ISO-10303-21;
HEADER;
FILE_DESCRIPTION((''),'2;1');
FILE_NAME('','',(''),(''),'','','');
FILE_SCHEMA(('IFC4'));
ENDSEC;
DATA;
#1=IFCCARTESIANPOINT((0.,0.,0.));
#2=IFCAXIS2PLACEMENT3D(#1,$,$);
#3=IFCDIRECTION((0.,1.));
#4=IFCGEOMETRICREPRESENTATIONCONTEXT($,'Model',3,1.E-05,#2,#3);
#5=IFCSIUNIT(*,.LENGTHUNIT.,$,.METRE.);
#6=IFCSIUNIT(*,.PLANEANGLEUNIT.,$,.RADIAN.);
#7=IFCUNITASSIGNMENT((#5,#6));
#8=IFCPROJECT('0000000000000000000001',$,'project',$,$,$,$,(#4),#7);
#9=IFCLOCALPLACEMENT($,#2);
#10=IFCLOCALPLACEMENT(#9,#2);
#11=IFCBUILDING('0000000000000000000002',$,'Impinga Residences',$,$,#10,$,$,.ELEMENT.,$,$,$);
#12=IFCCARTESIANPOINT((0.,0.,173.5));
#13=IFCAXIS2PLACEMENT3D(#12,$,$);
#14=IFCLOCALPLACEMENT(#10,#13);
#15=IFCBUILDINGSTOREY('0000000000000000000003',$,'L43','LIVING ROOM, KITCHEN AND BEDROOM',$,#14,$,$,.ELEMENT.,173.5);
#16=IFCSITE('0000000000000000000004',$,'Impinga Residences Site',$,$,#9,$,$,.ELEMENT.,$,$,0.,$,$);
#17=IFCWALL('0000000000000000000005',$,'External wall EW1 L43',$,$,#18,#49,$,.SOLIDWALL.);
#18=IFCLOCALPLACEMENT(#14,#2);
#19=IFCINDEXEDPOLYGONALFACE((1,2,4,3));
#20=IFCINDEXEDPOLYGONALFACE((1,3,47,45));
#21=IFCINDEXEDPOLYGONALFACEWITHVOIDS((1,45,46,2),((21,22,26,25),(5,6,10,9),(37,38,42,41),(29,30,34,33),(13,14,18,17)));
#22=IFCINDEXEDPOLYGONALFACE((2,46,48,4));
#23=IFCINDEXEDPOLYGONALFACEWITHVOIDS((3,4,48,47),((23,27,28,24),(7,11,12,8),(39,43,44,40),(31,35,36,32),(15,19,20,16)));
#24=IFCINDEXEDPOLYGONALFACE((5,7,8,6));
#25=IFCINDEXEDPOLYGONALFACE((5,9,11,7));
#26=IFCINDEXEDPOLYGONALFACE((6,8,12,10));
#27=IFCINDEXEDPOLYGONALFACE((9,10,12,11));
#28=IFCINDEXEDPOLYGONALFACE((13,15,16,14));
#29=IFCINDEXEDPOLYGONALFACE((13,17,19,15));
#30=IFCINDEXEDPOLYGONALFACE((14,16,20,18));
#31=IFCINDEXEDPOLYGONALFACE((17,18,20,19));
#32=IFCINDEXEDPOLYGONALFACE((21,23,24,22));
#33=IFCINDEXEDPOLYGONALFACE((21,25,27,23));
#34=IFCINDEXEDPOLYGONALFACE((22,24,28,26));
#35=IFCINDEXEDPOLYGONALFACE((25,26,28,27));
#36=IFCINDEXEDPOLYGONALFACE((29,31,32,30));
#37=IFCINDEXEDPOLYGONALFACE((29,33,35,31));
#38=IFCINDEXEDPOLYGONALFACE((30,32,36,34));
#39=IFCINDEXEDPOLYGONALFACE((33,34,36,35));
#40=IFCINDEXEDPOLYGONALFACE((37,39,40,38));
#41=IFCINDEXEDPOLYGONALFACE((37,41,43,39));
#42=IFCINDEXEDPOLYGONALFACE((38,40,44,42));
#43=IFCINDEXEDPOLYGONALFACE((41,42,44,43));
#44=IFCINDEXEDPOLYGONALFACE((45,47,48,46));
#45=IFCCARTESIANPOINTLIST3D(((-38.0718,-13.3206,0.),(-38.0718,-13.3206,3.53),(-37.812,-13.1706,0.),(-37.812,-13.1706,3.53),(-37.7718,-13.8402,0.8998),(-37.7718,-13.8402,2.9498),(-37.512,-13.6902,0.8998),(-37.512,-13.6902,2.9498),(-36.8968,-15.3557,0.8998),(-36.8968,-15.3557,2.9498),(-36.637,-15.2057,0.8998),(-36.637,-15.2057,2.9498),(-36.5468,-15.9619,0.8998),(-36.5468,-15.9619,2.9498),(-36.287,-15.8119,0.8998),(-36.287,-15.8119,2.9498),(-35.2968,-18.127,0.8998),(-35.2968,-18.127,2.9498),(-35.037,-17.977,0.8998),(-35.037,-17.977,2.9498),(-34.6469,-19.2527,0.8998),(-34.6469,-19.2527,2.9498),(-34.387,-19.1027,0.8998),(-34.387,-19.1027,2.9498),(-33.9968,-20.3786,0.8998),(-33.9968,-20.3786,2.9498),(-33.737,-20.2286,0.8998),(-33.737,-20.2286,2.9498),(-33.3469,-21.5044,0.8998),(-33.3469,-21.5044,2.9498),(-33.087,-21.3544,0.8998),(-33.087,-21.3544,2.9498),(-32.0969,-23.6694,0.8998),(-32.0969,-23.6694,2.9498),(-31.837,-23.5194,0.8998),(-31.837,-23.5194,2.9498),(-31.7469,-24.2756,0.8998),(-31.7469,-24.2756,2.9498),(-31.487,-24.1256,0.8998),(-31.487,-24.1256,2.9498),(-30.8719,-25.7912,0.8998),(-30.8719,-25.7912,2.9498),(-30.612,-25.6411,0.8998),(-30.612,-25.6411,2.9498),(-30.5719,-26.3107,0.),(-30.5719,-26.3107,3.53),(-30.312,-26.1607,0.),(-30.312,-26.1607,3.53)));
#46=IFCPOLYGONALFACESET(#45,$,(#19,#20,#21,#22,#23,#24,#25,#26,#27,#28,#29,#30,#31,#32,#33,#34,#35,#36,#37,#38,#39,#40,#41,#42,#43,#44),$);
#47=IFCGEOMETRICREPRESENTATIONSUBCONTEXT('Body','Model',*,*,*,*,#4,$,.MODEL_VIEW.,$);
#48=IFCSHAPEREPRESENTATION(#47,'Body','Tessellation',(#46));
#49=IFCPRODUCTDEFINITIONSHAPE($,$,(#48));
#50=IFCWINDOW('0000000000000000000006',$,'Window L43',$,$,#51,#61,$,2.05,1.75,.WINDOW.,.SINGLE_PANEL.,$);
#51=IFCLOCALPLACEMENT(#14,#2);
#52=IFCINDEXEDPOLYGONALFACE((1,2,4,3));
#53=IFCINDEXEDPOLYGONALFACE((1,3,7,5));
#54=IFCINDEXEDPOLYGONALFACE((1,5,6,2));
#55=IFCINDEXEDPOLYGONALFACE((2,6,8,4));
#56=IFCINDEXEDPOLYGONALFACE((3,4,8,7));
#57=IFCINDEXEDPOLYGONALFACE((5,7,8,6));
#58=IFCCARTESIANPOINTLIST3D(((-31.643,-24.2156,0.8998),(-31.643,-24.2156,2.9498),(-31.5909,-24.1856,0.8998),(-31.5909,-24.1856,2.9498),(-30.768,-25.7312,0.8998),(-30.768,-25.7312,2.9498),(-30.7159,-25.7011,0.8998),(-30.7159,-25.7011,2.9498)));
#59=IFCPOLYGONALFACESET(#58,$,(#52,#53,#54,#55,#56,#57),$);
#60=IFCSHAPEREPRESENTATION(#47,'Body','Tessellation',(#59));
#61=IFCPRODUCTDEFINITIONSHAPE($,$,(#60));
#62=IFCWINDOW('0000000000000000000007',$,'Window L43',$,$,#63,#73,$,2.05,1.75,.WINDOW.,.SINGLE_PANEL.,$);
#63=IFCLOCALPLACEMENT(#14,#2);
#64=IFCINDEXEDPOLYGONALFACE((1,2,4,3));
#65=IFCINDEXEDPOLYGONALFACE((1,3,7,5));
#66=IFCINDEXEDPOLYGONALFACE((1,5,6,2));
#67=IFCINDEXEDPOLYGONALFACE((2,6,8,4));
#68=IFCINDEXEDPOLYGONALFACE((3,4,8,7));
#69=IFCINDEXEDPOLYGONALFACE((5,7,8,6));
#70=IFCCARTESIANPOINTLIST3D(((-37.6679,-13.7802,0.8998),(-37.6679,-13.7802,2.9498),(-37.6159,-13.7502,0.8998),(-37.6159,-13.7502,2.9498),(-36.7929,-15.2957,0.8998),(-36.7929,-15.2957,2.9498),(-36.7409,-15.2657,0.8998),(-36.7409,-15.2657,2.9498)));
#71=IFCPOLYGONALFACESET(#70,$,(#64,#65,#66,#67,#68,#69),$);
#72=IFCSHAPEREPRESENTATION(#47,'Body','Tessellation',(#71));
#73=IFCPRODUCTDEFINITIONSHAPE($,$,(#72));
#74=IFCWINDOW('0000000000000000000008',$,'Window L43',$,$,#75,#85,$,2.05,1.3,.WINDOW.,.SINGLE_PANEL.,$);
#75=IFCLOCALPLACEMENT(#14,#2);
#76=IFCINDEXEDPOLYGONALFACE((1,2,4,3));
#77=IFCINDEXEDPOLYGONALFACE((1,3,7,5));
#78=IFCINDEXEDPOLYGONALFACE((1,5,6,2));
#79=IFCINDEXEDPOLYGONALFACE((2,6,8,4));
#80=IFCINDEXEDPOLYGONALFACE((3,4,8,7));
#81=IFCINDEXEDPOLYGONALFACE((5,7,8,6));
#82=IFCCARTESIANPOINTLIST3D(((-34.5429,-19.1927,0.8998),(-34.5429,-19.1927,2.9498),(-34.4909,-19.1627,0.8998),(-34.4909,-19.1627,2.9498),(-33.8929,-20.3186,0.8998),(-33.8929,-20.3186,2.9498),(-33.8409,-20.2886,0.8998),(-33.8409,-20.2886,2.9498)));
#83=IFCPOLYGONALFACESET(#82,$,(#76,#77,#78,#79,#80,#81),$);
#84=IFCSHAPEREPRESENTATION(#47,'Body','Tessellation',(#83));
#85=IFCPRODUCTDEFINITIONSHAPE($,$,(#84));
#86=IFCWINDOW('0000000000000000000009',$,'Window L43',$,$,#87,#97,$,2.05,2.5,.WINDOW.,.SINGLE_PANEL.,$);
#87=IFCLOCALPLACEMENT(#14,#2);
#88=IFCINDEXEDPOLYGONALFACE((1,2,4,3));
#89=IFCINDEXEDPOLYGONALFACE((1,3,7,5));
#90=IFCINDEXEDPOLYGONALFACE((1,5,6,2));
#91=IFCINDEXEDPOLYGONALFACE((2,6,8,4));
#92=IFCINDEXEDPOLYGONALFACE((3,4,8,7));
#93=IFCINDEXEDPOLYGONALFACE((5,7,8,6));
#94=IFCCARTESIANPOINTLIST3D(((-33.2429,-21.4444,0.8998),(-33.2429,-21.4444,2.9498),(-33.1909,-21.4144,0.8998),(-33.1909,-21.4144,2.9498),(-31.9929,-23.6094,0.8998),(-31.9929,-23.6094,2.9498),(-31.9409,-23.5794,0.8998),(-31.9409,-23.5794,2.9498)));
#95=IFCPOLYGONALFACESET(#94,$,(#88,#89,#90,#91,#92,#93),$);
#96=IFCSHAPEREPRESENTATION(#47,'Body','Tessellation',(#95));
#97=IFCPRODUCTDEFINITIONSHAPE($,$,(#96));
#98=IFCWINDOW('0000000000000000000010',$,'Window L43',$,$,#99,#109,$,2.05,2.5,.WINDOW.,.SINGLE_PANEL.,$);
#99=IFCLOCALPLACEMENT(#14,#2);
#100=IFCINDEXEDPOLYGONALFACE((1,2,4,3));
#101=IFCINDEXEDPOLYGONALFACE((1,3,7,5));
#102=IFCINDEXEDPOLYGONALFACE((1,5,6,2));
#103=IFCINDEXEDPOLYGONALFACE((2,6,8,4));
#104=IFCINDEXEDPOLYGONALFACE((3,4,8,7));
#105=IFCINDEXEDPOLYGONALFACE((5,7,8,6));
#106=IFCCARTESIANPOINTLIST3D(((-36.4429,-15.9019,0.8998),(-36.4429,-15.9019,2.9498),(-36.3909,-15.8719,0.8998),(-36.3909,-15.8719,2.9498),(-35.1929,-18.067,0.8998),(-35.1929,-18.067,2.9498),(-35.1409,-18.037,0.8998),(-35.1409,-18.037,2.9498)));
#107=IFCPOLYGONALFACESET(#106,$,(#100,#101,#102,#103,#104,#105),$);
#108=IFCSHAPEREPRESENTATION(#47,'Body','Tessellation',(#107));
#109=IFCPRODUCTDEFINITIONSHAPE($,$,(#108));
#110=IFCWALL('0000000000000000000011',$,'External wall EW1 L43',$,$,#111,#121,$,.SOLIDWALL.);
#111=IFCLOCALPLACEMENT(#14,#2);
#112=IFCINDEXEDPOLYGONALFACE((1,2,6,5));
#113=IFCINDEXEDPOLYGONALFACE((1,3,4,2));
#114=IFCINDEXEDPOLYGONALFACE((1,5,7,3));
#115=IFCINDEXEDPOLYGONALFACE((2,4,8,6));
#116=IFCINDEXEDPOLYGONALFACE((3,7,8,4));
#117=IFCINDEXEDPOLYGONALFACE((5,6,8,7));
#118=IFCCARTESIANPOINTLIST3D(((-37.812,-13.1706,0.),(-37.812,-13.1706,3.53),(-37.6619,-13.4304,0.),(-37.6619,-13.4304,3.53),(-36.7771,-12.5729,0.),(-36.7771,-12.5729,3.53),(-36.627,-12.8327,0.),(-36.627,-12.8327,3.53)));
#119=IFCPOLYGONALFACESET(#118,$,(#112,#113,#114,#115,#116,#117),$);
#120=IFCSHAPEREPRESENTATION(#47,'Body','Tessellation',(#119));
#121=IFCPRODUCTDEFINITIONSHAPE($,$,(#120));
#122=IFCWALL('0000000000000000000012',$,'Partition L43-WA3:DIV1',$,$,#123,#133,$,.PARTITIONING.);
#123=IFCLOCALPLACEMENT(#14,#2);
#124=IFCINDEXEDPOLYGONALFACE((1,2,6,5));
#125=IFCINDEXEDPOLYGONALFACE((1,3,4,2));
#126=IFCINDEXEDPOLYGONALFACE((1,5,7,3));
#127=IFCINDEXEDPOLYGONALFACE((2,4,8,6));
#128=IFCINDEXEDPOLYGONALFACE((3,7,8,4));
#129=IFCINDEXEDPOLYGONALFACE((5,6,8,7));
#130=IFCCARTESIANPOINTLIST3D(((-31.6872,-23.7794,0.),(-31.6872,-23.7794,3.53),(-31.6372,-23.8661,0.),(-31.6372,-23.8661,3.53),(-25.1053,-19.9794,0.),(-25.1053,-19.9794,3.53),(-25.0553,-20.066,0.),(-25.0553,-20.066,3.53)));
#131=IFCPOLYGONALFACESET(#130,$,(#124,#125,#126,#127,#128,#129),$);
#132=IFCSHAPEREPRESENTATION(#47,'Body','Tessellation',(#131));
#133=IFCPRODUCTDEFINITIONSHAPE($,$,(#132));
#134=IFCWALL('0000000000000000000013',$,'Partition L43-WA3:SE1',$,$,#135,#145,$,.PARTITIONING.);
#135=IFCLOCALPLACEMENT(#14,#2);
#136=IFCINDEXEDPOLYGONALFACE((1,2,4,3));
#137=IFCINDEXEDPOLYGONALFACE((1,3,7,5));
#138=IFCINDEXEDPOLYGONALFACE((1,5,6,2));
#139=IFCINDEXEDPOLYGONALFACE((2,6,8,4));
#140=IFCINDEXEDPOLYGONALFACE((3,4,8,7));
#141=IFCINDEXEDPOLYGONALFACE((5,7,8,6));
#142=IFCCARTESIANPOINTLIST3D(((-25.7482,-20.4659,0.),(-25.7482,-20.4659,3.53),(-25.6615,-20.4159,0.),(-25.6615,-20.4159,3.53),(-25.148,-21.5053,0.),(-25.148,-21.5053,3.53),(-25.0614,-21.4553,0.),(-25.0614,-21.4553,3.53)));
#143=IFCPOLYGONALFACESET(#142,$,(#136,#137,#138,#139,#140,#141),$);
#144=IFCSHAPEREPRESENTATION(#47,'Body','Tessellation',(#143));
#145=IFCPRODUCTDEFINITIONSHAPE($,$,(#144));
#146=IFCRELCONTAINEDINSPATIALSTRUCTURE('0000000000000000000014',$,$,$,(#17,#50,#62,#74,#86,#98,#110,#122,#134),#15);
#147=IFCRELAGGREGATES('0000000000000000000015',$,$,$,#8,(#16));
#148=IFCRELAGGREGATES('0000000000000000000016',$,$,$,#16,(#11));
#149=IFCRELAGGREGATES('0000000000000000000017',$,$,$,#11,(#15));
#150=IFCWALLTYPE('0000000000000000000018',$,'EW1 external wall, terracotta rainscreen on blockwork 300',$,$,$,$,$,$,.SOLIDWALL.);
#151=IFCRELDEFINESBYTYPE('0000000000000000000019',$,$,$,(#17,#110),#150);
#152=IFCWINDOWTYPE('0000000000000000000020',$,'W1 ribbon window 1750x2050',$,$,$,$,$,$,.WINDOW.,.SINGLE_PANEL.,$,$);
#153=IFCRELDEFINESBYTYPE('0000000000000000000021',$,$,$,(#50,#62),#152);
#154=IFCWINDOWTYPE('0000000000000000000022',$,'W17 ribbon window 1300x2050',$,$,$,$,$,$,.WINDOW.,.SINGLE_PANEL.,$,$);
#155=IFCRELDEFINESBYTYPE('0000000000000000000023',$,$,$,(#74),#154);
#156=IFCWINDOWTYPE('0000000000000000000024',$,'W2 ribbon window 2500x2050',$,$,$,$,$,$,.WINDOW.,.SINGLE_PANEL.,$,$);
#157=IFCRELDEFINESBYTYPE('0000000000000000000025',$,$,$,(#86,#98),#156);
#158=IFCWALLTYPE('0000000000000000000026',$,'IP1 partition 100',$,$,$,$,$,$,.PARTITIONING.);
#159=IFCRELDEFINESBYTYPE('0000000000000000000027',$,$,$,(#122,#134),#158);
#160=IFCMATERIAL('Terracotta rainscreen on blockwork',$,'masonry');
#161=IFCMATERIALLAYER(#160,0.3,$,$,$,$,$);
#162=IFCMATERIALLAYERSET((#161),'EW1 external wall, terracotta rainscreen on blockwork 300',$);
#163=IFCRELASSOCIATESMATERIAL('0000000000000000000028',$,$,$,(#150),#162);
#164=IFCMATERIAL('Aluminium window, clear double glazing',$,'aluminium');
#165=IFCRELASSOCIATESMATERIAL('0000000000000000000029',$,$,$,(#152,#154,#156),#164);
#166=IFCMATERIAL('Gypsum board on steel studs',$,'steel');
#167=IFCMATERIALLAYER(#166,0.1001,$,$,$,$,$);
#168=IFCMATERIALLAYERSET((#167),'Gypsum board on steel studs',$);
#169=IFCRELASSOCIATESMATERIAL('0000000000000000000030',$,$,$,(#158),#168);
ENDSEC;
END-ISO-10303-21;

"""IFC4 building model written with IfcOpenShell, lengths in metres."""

from ifc_helpers import new_model, si_unit, direction, frame, frame_2d, origin, place, context, subcontext, project, spatial, rectangle, extrude, material, layer, layer_set, type_object, element, fill, save


model = new_model("IFC4")

# Units and contexts
model_context = context("Model", 3, precision=1e-05, world=origin(), true_north=direction((0.0, 1.0)))
body_context = subcontext(model_context, "Body", "Model", "MODEL_VIEW")
ifc_project = project(units=[si_unit("LENGTHUNIT", "METRE"), si_unit("PLANEANGLEUNIT", "RADIAN")], contexts=[model_context])

# Site, building, storey
site_placement = place(None, origin())
site = spatial("IfcSite", under=ifc_project, at=site_placement, Name="Impinga Residences Site", CompositionType="ELEMENT", RefElevation=0.0)
building_placement = place(site_placement, origin())
building = spatial("IfcBuilding", under=site, at=building_placement, Name="Impinga Residences", CompositionType="ELEMENT")
storey_placement = place(building_placement, frame((0.0, 0.0, 173.5)))
storey = spatial("IfcBuildingStorey", under=building, at=storey_placement, Name="L43", Description="LIVING ROOM, KITCHEN AND BEDROOM", CompositionType="ELEMENT", Elevation=173.5)

# Shared definitions
ifc_material_1 = material(Name="Terracotta rainscreen on blockwork", Category="masonry")
ifc_layer_1 = layer(ifc_material_1, 0.3)
ifc_layer_set_1 = layer_set([ifc_layer_1], Name="EW1 external wall, terracotta rainscreen on blockwork 300")
wall_type_1 = type_object("IfcWallType", Name="EW1 external wall, terracotta rainscreen on blockwork 300", PredefinedType="SOLIDWALL", material=ifc_layer_set_1)

# Wall, openings, windows
wall_1_placement = place(storey_placement, frame((-30.4419, -26.2358, 0.0), z_axis=(0.0, 0.0, 1.0), x_axis=(-0.500004, 0.866023, 0.0)))
wall_1 = element("IfcWall", 1, at=wall_1_placement, inside=storey, type_object=wall_type_1, Name="External wall EW1 L43", PredefinedType="SOLIDWALL", context=body_context, shape_type="SweptSolid", body=[
    extrude(rectangle(XDim=14.9998, YDim=0.3, at=frame_2d((7.5, 0.0))), origin(), (0.0, 0.0, 1.0), 3.53),
])
opening_1_placement = place(wall_1_placement, frame((0.6001, 0.0, 0.8999)))
opening_1 = element("IfcOpeningElement", 2, at=opening_1_placement, cuts=wall_1, PredefinedType="OPENING", context=body_context, shape_type="SweptSolid", body=[
    extrude(rectangle(XDim=1.75, YDim=2.05, at=frame_2d((0.875, 1.0249))), frame((0.0, 0.1599, 0.0), z_axis=(0.0, -1.0, 0.0), x_axis=(1.0, 0.0, 0.0)), (0.0, 0.0, 1.0), 0.3201),
])
opening_2_placement = place(wall_1_placement, frame((3.05, 0.0, 0.8999)))
opening_2 = element("IfcOpeningElement", 3, at=opening_2_placement, cuts=wall_1, PredefinedType="OPENING", context=body_context, shape_type="SweptSolid", body=[
    extrude(rectangle(XDim=2.5, YDim=2.05, at=frame_2d((1.25, 1.0249))), frame((0.0, 0.1599, 0.0), z_axis=(0.0, -1.0, 0.0), x_axis=(1.0, 0.0, 0.0)), (0.0, 0.0, 1.0), 0.3201),
])
opening_3_placement = place(wall_1_placement, frame((6.8501, 0.0, 0.8999)))
opening_3 = element("IfcOpeningElement", 4, at=opening_3_placement, cuts=wall_1, PredefinedType="OPENING", context=body_context, shape_type="SweptSolid", body=[
    extrude(rectangle(XDim=1.3, YDim=2.05, at=frame_2d((0.6499, 1.0249))), frame((0.0, 0.1599, 0.0), z_axis=(0.0, -1.0, 0.0), x_axis=(1.0, 0.0, 0.0)), (0.0, 0.0, 1.0), 0.3201),
])
opening_4_placement = place(wall_1_placement, frame((9.45, 0.0, 0.8999)))
opening_4 = element("IfcOpeningElement", 5, at=opening_4_placement, cuts=wall_1, PredefinedType="OPENING", context=body_context, shape_type="SweptSolid", body=[
    extrude(rectangle(XDim=2.5, YDim=2.05, at=frame_2d((1.25, 1.0249))), frame((0.0, 0.1599, 0.0), z_axis=(0.0, -1.0, 0.0), x_axis=(1.0, 0.0, 0.0)), (0.0, 0.0, 1.0), 0.3201),
])
opening_5_placement = place(wall_1_placement, frame((12.6499, 0.0, 0.8999)))
opening_5 = element("IfcOpeningElement", 6, at=opening_5_placement, cuts=wall_1, PredefinedType="OPENING", context=body_context, shape_type="SweptSolid", body=[
    extrude(rectangle(XDim=1.75, YDim=2.05, at=frame_2d((0.875, 1.0249))), frame((0.0, 0.1599, 0.0), z_axis=(0.0, -1.0, 0.0), x_axis=(1.0, 0.0, 0.0)), (0.0, 0.0, 1.0), 0.3201),
])
ifc_material_2 = material(Name="Aluminium window, clear double glazing", Category="aluminium")
window_type_1 = type_object("IfcWindowType", Name="W1 ribbon window 1750x2050", PartitioningType="SINGLE_PANEL", PredefinedType="WINDOW", material=ifc_material_2)
window_1_placement = place(opening_1_placement, origin())
window_1 = element("IfcWindow", 7, at=window_1_placement, inside=storey, type_object=window_type_1, Name="Window L43", OverallHeight=2.05, OverallWidth=1.75, PartitioningType="SINGLE_PANEL", PredefinedType="WINDOW", context=body_context, shape_type="SweptSolid", body=[
    extrude(rectangle(XDim=1.75, YDim=2.05, at=frame_2d((0.875, 1.0249))), frame((0.0, 0.03, 0.0), z_axis=(0.0, -1.0, 0.0), x_axis=(1.0, 0.0, 0.0)), (0.0, 0.0, 1.0), 0.0601),
])
fill(opening_1, window_1)
window_2_placement = place(opening_5_placement, origin())
window_2 = element("IfcWindow", 8, at=window_2_placement, inside=storey, type_object=window_type_1, Name="Window L43", OverallHeight=2.05, OverallWidth=1.75, PartitioningType="SINGLE_PANEL", PredefinedType="WINDOW", context=body_context, shape_type="SweptSolid", body=[
    extrude(rectangle(XDim=1.75, YDim=2.05, at=frame_2d((0.875, 1.0249))), frame((0.0, 0.03, 0.0), z_axis=(0.0, -1.0, 0.0), x_axis=(1.0, 0.0, 0.0)), (0.0, 0.0, 1.0), 0.0601),
])
fill(opening_5, window_2)
window_type_2 = type_object("IfcWindowType", Name="W17 ribbon window 1300x2050", PartitioningType="SINGLE_PANEL", PredefinedType="WINDOW", material=ifc_material_2)
window_3_placement = place(opening_3_placement, origin())
window_3 = element("IfcWindow", 9, at=window_3_placement, inside=storey, type_object=window_type_2, Name="Window L43", OverallHeight=2.05, OverallWidth=1.3, PartitioningType="SINGLE_PANEL", PredefinedType="WINDOW", context=body_context, shape_type="SweptSolid", body=[
    extrude(rectangle(XDim=1.3, YDim=2.05, at=frame_2d((0.6499, 1.0249))), frame((0.0, 0.03, 0.0), z_axis=(0.0, -1.0, 0.0), x_axis=(1.0, 0.0, 0.0)), (0.0, 0.0, 1.0), 0.0601),
])
fill(opening_3, window_3)
window_type_3 = type_object("IfcWindowType", Name="W2 ribbon window 2500x2050", PartitioningType="SINGLE_PANEL", PredefinedType="WINDOW", material=ifc_material_2)
window_4_placement = place(opening_2_placement, origin())
window_4 = element("IfcWindow", 10, at=window_4_placement, inside=storey, type_object=window_type_3, Name="Window L43", OverallHeight=2.05, OverallWidth=2.5, PartitioningType="SINGLE_PANEL", PredefinedType="WINDOW", context=body_context, shape_type="SweptSolid", body=[
    extrude(rectangle(XDim=2.5, YDim=2.05, at=frame_2d((1.25, 1.0249))), frame((0.0, 0.03, 0.0), z_axis=(0.0, -1.0, 0.0), x_axis=(1.0, 0.0, 0.0)), (0.0, 0.0, 1.0), 0.0601),
])
fill(opening_2, window_4)
window_5_placement = place(opening_4_placement, origin())
window_5 = element("IfcWindow", 11, at=window_5_placement, inside=storey, type_object=window_type_3, Name="Window L43", OverallHeight=2.05, OverallWidth=2.5, PartitioningType="SINGLE_PANEL", PredefinedType="WINDOW", context=body_context, shape_type="SweptSolid", body=[
    extrude(rectangle(XDim=2.5, YDim=2.05, at=frame_2d((1.25, 1.0249))), frame((0.0, 0.03, 0.0), z_axis=(0.0, -1.0, 0.0), x_axis=(1.0, 0.0, 0.0)), (0.0, 0.0, 1.0), 0.0601),
])
fill(opening_4, window_5)

# Walls
wall_2_placement = place(storey_placement, frame((-37.7371, -13.3005, 0.0), z_axis=(0.0, 0.0, 1.0), x_axis=(0.865971, 0.500094, 0.0)))
element("IfcWall", 12, at=wall_2_placement, inside=storey, type_object=wall_type_1, Name="External wall EW1 L43", PredefinedType="SOLIDWALL", context=body_context, shape_type="SweptSolid", body=[
    extrude(rectangle(XDim=1.1951, YDim=0.3, at=frame_2d((0.5977, 0.0))), origin(), (0.0, 0.0, 1.0), 3.53),
])
ifc_material_3 = material(Name="Gypsum board on steel studs", Category="steel")
ifc_layer_2 = layer(ifc_material_3, 0.1001)
ifc_layer_set_2 = layer_set([ifc_layer_2], Name="Gypsum board on steel studs")
wall_type_2 = type_object("IfcWallType", Name="IP1 partition 100", PredefinedType="PARTITIONING", material=ifc_layer_set_2)
wall_3_placement = place(storey_placement, frame((-25.0803, -20.0227, 0.0), z_axis=(0.0, 0.0, 1.0), x_axis=(-0.866022, -0.500005, 0.0)))
element("IfcWall", 13, at=wall_3_placement, inside=storey, type_object=wall_type_2, Name="Partition L43-WA3:DIV1", PredefinedType="PARTITIONING", context=body_context, shape_type="SweptSolid", body=[
    extrude(rectangle(XDim=7.6001, YDim=0.1001, at=frame_2d((3.8, 0.0))), origin(), (0.0, 0.0, 1.0), 3.53),
])
wall_4_placement = place(storey_placement, frame((-25.7048, -20.4409, 0.0), z_axis=(0.0, 0.0, 1.0), x_axis=(0.500034, -0.866006, 0.0)))
element("IfcWall", 14, at=wall_4_placement, inside=storey, type_object=wall_type_2, Name="Partition L43-WA3:SE1", PredefinedType="PARTITIONING", context=body_context, shape_type="SweptSolid", body=[
    extrude(rectangle(XDim=1.2002, YDim=0.1001, at=frame_2d((0.6001, 0.0))), origin(), (0.0, 0.0, 1.0), 3.53),
])

save(model, "model.ifc")
